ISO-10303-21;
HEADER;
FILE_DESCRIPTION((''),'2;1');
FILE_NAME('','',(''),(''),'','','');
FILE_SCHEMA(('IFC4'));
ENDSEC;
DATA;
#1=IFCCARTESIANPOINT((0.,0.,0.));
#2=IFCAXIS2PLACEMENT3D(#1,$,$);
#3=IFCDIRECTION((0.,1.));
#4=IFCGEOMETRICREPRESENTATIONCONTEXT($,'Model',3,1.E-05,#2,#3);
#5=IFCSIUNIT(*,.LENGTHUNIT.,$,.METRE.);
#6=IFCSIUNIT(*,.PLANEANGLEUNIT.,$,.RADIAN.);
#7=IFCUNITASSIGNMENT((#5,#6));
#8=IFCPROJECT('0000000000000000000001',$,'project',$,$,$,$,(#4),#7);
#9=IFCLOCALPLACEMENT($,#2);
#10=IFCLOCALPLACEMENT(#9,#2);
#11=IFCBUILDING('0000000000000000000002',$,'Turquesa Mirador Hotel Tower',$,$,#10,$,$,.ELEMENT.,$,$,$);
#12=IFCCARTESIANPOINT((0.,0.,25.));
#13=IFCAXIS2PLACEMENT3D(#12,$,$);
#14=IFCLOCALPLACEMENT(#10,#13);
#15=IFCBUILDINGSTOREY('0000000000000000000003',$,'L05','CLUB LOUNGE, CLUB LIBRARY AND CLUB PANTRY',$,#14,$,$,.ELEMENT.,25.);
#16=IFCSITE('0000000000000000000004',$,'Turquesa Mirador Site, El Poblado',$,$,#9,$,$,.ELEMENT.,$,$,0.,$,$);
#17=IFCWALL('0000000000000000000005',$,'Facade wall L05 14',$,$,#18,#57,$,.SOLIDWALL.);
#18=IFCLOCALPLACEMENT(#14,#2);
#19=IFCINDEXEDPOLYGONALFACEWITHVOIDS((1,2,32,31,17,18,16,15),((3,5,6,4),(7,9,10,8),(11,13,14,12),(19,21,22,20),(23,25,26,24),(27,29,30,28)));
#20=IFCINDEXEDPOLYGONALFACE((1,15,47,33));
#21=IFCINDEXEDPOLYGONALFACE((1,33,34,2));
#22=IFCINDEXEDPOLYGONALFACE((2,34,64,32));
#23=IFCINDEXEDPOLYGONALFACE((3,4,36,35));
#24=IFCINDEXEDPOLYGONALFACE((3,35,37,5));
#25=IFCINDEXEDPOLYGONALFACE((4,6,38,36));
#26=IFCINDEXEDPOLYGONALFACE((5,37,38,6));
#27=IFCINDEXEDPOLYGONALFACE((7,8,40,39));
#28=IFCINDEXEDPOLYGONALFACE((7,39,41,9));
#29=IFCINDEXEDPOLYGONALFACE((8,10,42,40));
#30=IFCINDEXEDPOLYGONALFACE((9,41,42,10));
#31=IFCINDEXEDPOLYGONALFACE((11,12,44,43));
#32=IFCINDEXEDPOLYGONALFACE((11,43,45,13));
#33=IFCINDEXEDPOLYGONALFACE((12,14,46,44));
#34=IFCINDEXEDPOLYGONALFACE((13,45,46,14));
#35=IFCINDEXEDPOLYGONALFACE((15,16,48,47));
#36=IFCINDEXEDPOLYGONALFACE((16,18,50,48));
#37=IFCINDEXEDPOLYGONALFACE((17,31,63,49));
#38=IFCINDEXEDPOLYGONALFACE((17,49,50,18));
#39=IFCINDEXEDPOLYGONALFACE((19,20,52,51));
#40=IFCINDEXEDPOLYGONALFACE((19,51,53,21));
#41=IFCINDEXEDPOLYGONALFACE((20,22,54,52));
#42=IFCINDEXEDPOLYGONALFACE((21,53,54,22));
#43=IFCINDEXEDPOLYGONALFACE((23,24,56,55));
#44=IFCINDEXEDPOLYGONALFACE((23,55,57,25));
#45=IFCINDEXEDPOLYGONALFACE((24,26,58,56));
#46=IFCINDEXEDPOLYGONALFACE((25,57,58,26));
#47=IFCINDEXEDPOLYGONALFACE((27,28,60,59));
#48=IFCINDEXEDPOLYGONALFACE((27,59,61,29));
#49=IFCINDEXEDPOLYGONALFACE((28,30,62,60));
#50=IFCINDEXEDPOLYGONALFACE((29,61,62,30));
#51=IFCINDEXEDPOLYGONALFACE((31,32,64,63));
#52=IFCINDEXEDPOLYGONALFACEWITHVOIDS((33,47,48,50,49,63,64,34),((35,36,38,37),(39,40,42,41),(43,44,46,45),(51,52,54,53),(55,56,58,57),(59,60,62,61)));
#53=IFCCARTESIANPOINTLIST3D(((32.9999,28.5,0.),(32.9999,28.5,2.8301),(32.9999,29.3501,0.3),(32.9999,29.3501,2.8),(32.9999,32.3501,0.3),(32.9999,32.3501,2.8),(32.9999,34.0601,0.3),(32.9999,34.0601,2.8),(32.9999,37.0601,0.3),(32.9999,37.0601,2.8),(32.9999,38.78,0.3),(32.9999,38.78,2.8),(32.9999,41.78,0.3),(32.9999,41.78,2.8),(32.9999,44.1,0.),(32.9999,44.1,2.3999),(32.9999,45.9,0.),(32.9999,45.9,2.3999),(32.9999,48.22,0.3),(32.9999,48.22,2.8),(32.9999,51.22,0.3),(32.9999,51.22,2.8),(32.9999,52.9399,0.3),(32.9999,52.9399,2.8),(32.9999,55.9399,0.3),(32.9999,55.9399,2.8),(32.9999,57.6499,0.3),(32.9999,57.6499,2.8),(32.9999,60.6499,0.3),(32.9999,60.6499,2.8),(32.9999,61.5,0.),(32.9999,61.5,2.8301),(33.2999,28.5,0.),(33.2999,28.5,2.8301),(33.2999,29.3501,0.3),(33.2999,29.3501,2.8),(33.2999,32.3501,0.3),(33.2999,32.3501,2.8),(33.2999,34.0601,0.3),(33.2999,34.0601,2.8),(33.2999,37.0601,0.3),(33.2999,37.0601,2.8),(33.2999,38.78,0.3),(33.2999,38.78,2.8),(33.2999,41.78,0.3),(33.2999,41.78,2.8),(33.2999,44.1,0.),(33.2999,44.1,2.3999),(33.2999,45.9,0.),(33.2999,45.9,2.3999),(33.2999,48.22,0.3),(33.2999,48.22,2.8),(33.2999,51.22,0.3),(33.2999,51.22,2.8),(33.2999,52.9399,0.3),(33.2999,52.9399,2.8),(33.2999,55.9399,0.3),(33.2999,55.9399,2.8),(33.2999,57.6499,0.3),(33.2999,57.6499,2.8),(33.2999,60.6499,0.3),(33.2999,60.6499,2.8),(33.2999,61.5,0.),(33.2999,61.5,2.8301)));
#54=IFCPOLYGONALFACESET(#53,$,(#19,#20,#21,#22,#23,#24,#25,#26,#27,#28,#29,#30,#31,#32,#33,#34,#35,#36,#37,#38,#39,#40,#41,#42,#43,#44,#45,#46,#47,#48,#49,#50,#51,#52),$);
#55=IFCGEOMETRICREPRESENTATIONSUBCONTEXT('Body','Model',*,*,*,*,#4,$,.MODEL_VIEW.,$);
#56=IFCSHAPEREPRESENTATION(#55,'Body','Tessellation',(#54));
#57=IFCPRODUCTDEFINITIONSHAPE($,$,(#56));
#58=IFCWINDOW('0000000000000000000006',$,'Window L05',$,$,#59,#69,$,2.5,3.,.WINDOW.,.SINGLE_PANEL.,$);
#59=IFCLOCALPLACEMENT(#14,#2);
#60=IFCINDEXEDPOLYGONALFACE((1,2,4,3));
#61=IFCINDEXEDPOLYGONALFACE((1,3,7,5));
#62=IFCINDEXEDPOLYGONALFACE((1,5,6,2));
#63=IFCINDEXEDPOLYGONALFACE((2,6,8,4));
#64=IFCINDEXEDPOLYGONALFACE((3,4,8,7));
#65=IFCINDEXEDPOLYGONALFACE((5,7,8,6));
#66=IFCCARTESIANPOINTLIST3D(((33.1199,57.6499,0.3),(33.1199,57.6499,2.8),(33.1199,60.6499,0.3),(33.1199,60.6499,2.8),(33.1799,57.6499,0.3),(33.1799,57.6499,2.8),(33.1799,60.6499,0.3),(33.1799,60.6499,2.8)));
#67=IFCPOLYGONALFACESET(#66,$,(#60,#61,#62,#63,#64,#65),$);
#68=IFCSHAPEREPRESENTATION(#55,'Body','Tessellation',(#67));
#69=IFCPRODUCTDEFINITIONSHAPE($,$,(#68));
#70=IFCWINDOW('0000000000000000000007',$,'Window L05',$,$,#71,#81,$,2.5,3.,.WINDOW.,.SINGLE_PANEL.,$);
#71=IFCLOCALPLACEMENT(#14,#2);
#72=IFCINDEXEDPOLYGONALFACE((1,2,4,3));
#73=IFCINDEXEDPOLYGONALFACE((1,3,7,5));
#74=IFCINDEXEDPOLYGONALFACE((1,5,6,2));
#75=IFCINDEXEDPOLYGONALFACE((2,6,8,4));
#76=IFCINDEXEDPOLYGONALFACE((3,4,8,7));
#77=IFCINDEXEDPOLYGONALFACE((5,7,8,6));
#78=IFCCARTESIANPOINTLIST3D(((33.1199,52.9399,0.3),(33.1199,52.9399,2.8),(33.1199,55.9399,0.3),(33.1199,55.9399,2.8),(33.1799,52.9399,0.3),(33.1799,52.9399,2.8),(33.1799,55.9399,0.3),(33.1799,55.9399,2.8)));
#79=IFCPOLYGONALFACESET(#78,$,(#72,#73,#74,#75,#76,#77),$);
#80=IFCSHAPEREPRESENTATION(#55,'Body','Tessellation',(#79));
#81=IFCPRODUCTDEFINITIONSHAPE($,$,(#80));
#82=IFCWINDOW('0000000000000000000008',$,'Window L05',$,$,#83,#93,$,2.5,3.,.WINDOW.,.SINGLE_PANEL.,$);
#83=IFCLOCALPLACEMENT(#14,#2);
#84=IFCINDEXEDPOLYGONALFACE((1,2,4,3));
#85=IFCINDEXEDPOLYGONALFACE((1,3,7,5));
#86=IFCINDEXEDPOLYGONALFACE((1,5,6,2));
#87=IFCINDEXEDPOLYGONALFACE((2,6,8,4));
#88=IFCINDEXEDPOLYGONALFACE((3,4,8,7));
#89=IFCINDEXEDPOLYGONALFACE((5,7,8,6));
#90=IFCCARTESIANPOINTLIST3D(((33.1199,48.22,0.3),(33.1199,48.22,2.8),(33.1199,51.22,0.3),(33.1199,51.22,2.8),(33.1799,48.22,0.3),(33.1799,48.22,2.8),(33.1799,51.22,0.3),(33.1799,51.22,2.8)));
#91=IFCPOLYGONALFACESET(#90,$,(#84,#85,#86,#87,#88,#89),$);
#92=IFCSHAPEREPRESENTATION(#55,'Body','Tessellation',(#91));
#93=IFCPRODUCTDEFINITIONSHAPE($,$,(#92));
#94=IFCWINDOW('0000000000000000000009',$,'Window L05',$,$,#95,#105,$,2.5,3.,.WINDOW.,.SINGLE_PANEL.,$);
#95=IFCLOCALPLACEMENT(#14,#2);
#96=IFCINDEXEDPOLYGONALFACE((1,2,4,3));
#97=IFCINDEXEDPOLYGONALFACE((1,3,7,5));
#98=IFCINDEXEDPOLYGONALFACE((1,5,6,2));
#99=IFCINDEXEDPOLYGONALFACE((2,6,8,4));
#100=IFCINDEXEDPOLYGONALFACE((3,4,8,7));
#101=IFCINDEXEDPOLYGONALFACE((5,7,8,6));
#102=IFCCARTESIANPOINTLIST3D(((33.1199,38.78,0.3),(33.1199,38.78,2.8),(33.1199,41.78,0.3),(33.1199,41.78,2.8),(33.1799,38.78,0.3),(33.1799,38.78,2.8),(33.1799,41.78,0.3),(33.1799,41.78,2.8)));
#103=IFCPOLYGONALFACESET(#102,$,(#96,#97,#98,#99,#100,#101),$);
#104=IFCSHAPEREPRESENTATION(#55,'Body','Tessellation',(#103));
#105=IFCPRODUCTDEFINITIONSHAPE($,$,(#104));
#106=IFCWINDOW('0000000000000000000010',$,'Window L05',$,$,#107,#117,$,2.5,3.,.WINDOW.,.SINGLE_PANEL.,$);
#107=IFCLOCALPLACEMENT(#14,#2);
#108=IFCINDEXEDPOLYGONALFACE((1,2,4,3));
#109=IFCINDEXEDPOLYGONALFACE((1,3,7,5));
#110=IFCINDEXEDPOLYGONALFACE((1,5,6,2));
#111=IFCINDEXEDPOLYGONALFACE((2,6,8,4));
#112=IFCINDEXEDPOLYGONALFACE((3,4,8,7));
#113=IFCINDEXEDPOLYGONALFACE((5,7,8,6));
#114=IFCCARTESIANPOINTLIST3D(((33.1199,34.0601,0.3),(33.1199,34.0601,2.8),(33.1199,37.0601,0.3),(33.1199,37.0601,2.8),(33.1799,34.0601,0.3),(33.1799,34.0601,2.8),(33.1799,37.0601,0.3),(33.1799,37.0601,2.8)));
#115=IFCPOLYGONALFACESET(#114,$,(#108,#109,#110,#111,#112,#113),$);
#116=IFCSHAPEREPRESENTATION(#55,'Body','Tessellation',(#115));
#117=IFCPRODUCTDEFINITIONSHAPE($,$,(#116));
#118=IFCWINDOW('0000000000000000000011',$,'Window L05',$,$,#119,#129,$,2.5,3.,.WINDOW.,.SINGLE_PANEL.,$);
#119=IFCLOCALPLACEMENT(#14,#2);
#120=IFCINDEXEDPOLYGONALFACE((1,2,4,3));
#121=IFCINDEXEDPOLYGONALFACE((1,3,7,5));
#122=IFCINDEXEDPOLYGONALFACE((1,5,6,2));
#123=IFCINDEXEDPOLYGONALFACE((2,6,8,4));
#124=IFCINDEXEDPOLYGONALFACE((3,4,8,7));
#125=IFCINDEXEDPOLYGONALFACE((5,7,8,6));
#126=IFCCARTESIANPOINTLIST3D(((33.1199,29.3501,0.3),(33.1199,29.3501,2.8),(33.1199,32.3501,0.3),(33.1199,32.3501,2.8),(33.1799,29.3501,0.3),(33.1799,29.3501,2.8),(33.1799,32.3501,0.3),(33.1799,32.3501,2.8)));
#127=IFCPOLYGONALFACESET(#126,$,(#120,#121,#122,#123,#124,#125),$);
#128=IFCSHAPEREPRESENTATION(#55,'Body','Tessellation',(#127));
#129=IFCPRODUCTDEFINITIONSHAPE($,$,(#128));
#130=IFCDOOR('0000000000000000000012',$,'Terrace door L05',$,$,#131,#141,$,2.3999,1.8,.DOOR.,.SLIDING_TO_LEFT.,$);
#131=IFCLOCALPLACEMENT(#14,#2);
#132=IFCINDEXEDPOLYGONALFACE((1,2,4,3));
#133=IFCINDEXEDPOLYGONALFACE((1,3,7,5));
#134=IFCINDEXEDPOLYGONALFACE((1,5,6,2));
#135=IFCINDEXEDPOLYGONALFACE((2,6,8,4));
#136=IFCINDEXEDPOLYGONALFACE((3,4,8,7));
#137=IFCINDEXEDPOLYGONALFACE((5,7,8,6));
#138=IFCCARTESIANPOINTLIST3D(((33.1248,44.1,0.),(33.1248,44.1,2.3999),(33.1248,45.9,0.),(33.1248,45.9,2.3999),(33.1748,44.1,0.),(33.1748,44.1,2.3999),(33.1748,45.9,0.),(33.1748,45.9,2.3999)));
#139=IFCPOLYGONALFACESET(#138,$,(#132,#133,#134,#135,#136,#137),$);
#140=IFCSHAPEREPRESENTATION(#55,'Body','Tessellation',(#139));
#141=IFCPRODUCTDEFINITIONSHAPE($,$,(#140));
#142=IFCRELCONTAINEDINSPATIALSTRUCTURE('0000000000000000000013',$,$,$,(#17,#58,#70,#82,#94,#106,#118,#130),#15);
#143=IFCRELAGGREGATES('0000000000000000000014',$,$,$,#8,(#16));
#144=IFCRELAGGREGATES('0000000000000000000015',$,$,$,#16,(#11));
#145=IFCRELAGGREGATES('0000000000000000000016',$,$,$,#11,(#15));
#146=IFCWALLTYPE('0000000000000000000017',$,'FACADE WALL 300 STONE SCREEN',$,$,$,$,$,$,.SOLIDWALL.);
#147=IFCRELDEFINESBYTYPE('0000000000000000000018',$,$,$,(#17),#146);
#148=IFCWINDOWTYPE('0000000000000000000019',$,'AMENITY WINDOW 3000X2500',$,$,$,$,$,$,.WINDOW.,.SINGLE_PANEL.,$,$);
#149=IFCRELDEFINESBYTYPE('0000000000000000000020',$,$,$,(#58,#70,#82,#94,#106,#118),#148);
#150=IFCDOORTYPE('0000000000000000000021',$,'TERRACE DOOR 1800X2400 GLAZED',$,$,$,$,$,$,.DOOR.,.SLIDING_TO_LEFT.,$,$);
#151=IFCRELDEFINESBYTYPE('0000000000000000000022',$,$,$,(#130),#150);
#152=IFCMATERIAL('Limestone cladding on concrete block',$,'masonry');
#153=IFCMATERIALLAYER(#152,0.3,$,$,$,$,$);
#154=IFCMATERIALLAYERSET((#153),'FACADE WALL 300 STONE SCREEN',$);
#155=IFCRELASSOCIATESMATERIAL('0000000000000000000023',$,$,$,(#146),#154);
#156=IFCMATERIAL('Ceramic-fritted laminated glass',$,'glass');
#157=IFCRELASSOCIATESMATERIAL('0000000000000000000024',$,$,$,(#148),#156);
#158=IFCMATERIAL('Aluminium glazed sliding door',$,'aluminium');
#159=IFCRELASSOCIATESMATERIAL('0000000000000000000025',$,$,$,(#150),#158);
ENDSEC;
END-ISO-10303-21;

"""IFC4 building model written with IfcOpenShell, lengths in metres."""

from ifc_helpers import new_model, si_unit, direction, frame, frame_2d, origin, place, context, subcontext, project, spatial, rectangle, extrude, material, layer, layer_set, type_object, element, fill, save


model = new_model("IFC4")

# Units and contexts
model_context = context("Model", 3, precision=1e-05, world=origin(), true_north=direction((0.0, 1.0)))
body_context = subcontext(model_context, "Body", "Model", "MODEL_VIEW")
ifc_project = project(units=[si_unit("LENGTHUNIT", "METRE"), si_unit("PLANEANGLEUNIT", "RADIAN")], contexts=[model_context])

# Site, building, storey
site_placement = place(None, origin())
site = spatial("IfcSite", under=ifc_project, at=site_placement, Name="Turquesa Mirador Site, El Poblado", CompositionType="ELEMENT", RefElevation=0.0)
building_placement = place(site_placement, origin())
building = spatial("IfcBuilding", under=site, at=building_placement, Name="Turquesa Mirador Hotel Tower", CompositionType="ELEMENT")
storey_placement = place(building_placement, frame((0.0, 0.0, 25.0)))
storey = spatial("IfcBuildingStorey", under=building, at=storey_placement, Name="L05", Description="CLUB LOUNGE, CLUB LIBRARY AND CLUB PANTRY", CompositionType="ELEMENT", Elevation=25.0)

# Shared definitions
ifc_material_1 = material(Name="Limestone cladding on concrete block", Category="masonry")
ifc_layer = layer(ifc_material_1, 0.3)
ifc_layer_set = layer_set([ifc_layer], Name="FACADE WALL 300 STONE SCREEN")
wall_type = type_object("IfcWallType", Name="FACADE WALL 300 STONE SCREEN", PredefinedType="SOLIDWALL", material=ifc_layer_set)

# Wall, openings, windows, door
wall_1_placement = place(storey_placement, frame((33.1499, 61.5, 0.0), z_axis=(0.0, 0.0, 1.0), x_axis=(0.0, -1.0, 0.0)))
wall_1 = element("IfcWall", 1, at=wall_1_placement, inside=storey, type_object=wall_type, Name="Facade wall L05 14", PredefinedType="SOLIDWALL", context=body_context, shape_type="SweptSolid", body=[
    extrude(rectangle(XDim=33.0, YDim=0.3, at=frame_2d((16.5, 0.0))), origin(), (0.0, 0.0, 1.0), 2.8301),
])
opening_1_placement = place(wall_1_placement, frame((0.8501, 0.0, 0.3)))
opening_1 = element("IfcOpeningElement", 2, at=opening_1_placement, cuts=wall_1, PredefinedType="OPENING", context=body_context, shape_type="SweptSolid", body=[
    extrude(rectangle(XDim=3.0, YDim=2.5, at=frame_2d((1.5, 1.25))), frame((0.0, 0.1599, 0.0), z_axis=(0.0, -1.0, 0.0), x_axis=(1.0, 0.0, 0.0)), (0.0, 0.0, 1.0), 0.3201),
])
opening_2_placement = place(wall_1_placement, frame((5.5601, 0.0, 0.3)))
opening_2 = element("IfcOpeningElement", 3, at=opening_2_placement, cuts=wall_1, PredefinedType="OPENING", context=body_context, shape_type="SweptSolid", body=[
    extrude(rectangle(XDim=3.0, YDim=2.5, at=frame_2d((1.5, 1.25))), frame((0.0, 0.1599, 0.0), z_axis=(0.0, -1.0, 0.0), x_axis=(1.0, 0.0, 0.0)), (0.0, 0.0, 1.0), 0.3201),
])
opening_3_placement = place(wall_1_placement, frame((10.28, 0.0, 0.3)))
opening_3 = element("IfcOpeningElement", 4, at=opening_3_placement, cuts=wall_1, PredefinedType="OPENING", context=body_context, shape_type="SweptSolid", body=[
    extrude(rectangle(XDim=3.0, YDim=2.5, at=frame_2d((1.5, 1.25))), frame((0.0, 0.1599, 0.0), z_axis=(0.0, -1.0, 0.0), x_axis=(1.0, 0.0, 0.0)), (0.0, 0.0, 1.0), 0.3201),
])
opening_4_placement = place(wall_1_placement, frame((15.6001, 0.0, 0.0)))
opening_4 = element("IfcOpeningElement", 5, at=opening_4_placement, cuts=wall_1, PredefinedType="OPENING", context=body_context, shape_type="SweptSolid", body=[
    extrude(rectangle(XDim=1.8, YDim=2.3999, at=frame_2d((0.8999, 1.2))), frame((0.0, 0.1599, 0.0), z_axis=(0.0, -1.0, 0.0), x_axis=(1.0, 0.0, 0.0)), (0.0, 0.0, 1.0), 0.3201),
])
opening_5_placement = place(wall_1_placement, frame((19.72, 0.0, 0.3)))
opening_5 = element("IfcOpeningElement", 6, at=opening_5_placement, cuts=wall_1, PredefinedType="OPENING", context=body_context, shape_type="SweptSolid", body=[
    extrude(rectangle(XDim=3.0, YDim=2.5, at=frame_2d((1.5, 1.25))), frame((0.0, 0.1599, 0.0), z_axis=(0.0, -1.0, 0.0), x_axis=(1.0, 0.0, 0.0)), (0.0, 0.0, 1.0), 0.3201),
])
opening_6_placement = place(wall_1_placement, frame((24.4399, 0.0, 0.3)))
opening_6 = element("IfcOpeningElement", 7, at=opening_6_placement, cuts=wall_1, PredefinedType="OPENING", context=body_context, shape_type="SweptSolid", body=[
    extrude(rectangle(XDim=3.0, YDim=2.5, at=frame_2d((1.5, 1.25))), frame((0.0, 0.1599, 0.0), z_axis=(0.0, -1.0, 0.0), x_axis=(1.0, 0.0, 0.0)), (0.0, 0.0, 1.0), 0.3201),
])
opening_7_placement = place(wall_1_placement, frame((29.1499, 0.0, 0.3)))
opening_7 = element("IfcOpeningElement", 8, at=opening_7_placement, cuts=wall_1, PredefinedType="OPENING", context=body_context, shape_type="SweptSolid", body=[
    extrude(rectangle(XDim=3.0, YDim=2.5, at=frame_2d((1.5, 1.25))), frame((0.0, 0.1599, 0.0), z_axis=(0.0, -1.0, 0.0), x_axis=(1.0, 0.0, 0.0)), (0.0, 0.0, 1.0), 0.3201),
])
ifc_material_2 = material(Name="Ceramic-fritted laminated glass", Category="glass")
window_type_1 = type_object("IfcWindowType", Name="AMENITY WINDOW 3000X2500", PartitioningType="SINGLE_PANEL", PredefinedType="WINDOW", material=ifc_material_2)
window_1_placement = place(opening_1_placement, origin())
window_1 = element("IfcWindow", 9, at=window_1_placement, inside=storey, type_object=window_type_1, Name="Window L05", OverallHeight=2.5, OverallWidth=3.0, PartitioningType="SINGLE_PANEL", PredefinedType="WINDOW", context=body_context, shape_type="SweptSolid", body=[
    extrude(rectangle(XDim=3.0, YDim=2.5, at=frame_2d((1.5, 1.25))), frame((0.0, 0.03, 0.0), z_axis=(0.0, -1.0, 0.0), x_axis=(1.0, 0.0, 0.0)), (0.0, 0.0, 1.0), 0.0601),
])
fill(opening_1, window_1)
window_2_placement = place(opening_2_placement, origin())
window_2 = element("IfcWindow", 10, at=window_2_placement, inside=storey, type_object=window_type_1, Name="Window L05", OverallHeight=2.5, OverallWidth=3.0, PartitioningType="SINGLE_PANEL", PredefinedType="WINDOW", context=body_context, shape_type="SweptSolid", body=[
    extrude(rectangle(XDim=3.0, YDim=2.5, at=frame_2d((1.5, 1.25))), frame((0.0, 0.03, 0.0), z_axis=(0.0, -1.0, 0.0), x_axis=(1.0, 0.0, 0.0)), (0.0, 0.0, 1.0), 0.0601),
])
fill(opening_2, window_2)
window_3_placement = place(opening_3_placement, origin())
window_3 = element("IfcWindow", 11, at=window_3_placement, inside=storey, type_object=window_type_1, Name="Window L05", OverallHeight=2.5, OverallWidth=3.0, PartitioningType="SINGLE_PANEL", PredefinedType="WINDOW", context=body_context, shape_type="SweptSolid", body=[
    extrude(rectangle(XDim=3.0, YDim=2.5, at=frame_2d((1.5, 1.25))), frame((0.0, 0.03, 0.0), z_axis=(0.0, -1.0, 0.0), x_axis=(1.0, 0.0, 0.0)), (0.0, 0.0, 1.0), 0.0601),
])
fill(opening_3, window_3)
window_4_placement = place(opening_5_placement, origin())
window_4 = element("IfcWindow", 12, at=window_4_placement, inside=storey, type_object=window_type_1, Name="Window L05", OverallHeight=2.5, OverallWidth=3.0, PartitioningType="SINGLE_PANEL", PredefinedType="WINDOW", context=body_context, shape_type="SweptSolid", body=[
    extrude(rectangle(XDim=3.0, YDim=2.5, at=frame_2d((1.5, 1.25))), frame((0.0, 0.03, 0.0), z_axis=(0.0, -1.0, 0.0), x_axis=(1.0, 0.0, 0.0)), (0.0, 0.0, 1.0), 0.0601),
])
fill(opening_5, window_4)
window_5_placement = place(opening_6_placement, origin())
window_5 = element("IfcWindow", 13, at=window_5_placement, inside=storey, type_object=window_type_1, Name="Window L05", OverallHeight=2.5, OverallWidth=3.0, PartitioningType="SINGLE_PANEL", PredefinedType="WINDOW", context=body_context, shape_type="SweptSolid", body=[
    extrude(rectangle(XDim=3.0, YDim=2.5, at=frame_2d((1.5, 1.25))), frame((0.0, 0.03, 0.0), z_axis=(0.0, -1.0, 0.0), x_axis=(1.0, 0.0, 0.0)), (0.0, 0.0, 1.0), 0.0601),
])
fill(opening_6, window_5)
window_6_placement = place(opening_7_placement, origin())
window_6 = element("IfcWindow", 14, at=window_6_placement, inside=storey, type_object=window_type_1, Name="Window L05", OverallHeight=2.5, OverallWidth=3.0, PartitioningType="SINGLE_PANEL", PredefinedType="WINDOW", context=body_context, shape_type="SweptSolid", body=[
    extrude(rectangle(XDim=3.0, YDim=2.5, at=frame_2d((1.5, 1.25))), frame((0.0, 0.03, 0.0), z_axis=(0.0, -1.0, 0.0), x_axis=(1.0, 0.0, 0.0)), (0.0, 0.0, 1.0), 0.0601),
])
fill(opening_7, window_6)
ifc_material_3 = material(Name="Aluminium glazed sliding door", Category="aluminium")
door_type = type_object("IfcDoorType", Name="TERRACE DOOR 1800X2400 GLAZED", OperationType="SLIDING_TO_LEFT", PredefinedType="DOOR", material=ifc_material_3)
door_placement = place(opening_4_placement, origin())
door = element("IfcDoor", 15, at=door_placement, inside=storey, type_object=door_type, Name="Terrace door L05", OperationType="SLIDING_TO_LEFT", OverallHeight=2.3999, OverallWidth=1.8, PredefinedType="DOOR", context=body_context, shape_type="SweptSolid", body=[
    extrude(rectangle(XDim=1.8, YDim=2.3999, at=frame_2d((0.8999, 1.2))), frame((0.0, 0.0249, 0.0), z_axis=(0.0, -1.0, 0.0), x_axis=(1.0, 0.0, 0.0)), (0.0, 0.0, 1.0), 0.05),
])
fill(opening_4, door)

save(model, "model.ifc")
